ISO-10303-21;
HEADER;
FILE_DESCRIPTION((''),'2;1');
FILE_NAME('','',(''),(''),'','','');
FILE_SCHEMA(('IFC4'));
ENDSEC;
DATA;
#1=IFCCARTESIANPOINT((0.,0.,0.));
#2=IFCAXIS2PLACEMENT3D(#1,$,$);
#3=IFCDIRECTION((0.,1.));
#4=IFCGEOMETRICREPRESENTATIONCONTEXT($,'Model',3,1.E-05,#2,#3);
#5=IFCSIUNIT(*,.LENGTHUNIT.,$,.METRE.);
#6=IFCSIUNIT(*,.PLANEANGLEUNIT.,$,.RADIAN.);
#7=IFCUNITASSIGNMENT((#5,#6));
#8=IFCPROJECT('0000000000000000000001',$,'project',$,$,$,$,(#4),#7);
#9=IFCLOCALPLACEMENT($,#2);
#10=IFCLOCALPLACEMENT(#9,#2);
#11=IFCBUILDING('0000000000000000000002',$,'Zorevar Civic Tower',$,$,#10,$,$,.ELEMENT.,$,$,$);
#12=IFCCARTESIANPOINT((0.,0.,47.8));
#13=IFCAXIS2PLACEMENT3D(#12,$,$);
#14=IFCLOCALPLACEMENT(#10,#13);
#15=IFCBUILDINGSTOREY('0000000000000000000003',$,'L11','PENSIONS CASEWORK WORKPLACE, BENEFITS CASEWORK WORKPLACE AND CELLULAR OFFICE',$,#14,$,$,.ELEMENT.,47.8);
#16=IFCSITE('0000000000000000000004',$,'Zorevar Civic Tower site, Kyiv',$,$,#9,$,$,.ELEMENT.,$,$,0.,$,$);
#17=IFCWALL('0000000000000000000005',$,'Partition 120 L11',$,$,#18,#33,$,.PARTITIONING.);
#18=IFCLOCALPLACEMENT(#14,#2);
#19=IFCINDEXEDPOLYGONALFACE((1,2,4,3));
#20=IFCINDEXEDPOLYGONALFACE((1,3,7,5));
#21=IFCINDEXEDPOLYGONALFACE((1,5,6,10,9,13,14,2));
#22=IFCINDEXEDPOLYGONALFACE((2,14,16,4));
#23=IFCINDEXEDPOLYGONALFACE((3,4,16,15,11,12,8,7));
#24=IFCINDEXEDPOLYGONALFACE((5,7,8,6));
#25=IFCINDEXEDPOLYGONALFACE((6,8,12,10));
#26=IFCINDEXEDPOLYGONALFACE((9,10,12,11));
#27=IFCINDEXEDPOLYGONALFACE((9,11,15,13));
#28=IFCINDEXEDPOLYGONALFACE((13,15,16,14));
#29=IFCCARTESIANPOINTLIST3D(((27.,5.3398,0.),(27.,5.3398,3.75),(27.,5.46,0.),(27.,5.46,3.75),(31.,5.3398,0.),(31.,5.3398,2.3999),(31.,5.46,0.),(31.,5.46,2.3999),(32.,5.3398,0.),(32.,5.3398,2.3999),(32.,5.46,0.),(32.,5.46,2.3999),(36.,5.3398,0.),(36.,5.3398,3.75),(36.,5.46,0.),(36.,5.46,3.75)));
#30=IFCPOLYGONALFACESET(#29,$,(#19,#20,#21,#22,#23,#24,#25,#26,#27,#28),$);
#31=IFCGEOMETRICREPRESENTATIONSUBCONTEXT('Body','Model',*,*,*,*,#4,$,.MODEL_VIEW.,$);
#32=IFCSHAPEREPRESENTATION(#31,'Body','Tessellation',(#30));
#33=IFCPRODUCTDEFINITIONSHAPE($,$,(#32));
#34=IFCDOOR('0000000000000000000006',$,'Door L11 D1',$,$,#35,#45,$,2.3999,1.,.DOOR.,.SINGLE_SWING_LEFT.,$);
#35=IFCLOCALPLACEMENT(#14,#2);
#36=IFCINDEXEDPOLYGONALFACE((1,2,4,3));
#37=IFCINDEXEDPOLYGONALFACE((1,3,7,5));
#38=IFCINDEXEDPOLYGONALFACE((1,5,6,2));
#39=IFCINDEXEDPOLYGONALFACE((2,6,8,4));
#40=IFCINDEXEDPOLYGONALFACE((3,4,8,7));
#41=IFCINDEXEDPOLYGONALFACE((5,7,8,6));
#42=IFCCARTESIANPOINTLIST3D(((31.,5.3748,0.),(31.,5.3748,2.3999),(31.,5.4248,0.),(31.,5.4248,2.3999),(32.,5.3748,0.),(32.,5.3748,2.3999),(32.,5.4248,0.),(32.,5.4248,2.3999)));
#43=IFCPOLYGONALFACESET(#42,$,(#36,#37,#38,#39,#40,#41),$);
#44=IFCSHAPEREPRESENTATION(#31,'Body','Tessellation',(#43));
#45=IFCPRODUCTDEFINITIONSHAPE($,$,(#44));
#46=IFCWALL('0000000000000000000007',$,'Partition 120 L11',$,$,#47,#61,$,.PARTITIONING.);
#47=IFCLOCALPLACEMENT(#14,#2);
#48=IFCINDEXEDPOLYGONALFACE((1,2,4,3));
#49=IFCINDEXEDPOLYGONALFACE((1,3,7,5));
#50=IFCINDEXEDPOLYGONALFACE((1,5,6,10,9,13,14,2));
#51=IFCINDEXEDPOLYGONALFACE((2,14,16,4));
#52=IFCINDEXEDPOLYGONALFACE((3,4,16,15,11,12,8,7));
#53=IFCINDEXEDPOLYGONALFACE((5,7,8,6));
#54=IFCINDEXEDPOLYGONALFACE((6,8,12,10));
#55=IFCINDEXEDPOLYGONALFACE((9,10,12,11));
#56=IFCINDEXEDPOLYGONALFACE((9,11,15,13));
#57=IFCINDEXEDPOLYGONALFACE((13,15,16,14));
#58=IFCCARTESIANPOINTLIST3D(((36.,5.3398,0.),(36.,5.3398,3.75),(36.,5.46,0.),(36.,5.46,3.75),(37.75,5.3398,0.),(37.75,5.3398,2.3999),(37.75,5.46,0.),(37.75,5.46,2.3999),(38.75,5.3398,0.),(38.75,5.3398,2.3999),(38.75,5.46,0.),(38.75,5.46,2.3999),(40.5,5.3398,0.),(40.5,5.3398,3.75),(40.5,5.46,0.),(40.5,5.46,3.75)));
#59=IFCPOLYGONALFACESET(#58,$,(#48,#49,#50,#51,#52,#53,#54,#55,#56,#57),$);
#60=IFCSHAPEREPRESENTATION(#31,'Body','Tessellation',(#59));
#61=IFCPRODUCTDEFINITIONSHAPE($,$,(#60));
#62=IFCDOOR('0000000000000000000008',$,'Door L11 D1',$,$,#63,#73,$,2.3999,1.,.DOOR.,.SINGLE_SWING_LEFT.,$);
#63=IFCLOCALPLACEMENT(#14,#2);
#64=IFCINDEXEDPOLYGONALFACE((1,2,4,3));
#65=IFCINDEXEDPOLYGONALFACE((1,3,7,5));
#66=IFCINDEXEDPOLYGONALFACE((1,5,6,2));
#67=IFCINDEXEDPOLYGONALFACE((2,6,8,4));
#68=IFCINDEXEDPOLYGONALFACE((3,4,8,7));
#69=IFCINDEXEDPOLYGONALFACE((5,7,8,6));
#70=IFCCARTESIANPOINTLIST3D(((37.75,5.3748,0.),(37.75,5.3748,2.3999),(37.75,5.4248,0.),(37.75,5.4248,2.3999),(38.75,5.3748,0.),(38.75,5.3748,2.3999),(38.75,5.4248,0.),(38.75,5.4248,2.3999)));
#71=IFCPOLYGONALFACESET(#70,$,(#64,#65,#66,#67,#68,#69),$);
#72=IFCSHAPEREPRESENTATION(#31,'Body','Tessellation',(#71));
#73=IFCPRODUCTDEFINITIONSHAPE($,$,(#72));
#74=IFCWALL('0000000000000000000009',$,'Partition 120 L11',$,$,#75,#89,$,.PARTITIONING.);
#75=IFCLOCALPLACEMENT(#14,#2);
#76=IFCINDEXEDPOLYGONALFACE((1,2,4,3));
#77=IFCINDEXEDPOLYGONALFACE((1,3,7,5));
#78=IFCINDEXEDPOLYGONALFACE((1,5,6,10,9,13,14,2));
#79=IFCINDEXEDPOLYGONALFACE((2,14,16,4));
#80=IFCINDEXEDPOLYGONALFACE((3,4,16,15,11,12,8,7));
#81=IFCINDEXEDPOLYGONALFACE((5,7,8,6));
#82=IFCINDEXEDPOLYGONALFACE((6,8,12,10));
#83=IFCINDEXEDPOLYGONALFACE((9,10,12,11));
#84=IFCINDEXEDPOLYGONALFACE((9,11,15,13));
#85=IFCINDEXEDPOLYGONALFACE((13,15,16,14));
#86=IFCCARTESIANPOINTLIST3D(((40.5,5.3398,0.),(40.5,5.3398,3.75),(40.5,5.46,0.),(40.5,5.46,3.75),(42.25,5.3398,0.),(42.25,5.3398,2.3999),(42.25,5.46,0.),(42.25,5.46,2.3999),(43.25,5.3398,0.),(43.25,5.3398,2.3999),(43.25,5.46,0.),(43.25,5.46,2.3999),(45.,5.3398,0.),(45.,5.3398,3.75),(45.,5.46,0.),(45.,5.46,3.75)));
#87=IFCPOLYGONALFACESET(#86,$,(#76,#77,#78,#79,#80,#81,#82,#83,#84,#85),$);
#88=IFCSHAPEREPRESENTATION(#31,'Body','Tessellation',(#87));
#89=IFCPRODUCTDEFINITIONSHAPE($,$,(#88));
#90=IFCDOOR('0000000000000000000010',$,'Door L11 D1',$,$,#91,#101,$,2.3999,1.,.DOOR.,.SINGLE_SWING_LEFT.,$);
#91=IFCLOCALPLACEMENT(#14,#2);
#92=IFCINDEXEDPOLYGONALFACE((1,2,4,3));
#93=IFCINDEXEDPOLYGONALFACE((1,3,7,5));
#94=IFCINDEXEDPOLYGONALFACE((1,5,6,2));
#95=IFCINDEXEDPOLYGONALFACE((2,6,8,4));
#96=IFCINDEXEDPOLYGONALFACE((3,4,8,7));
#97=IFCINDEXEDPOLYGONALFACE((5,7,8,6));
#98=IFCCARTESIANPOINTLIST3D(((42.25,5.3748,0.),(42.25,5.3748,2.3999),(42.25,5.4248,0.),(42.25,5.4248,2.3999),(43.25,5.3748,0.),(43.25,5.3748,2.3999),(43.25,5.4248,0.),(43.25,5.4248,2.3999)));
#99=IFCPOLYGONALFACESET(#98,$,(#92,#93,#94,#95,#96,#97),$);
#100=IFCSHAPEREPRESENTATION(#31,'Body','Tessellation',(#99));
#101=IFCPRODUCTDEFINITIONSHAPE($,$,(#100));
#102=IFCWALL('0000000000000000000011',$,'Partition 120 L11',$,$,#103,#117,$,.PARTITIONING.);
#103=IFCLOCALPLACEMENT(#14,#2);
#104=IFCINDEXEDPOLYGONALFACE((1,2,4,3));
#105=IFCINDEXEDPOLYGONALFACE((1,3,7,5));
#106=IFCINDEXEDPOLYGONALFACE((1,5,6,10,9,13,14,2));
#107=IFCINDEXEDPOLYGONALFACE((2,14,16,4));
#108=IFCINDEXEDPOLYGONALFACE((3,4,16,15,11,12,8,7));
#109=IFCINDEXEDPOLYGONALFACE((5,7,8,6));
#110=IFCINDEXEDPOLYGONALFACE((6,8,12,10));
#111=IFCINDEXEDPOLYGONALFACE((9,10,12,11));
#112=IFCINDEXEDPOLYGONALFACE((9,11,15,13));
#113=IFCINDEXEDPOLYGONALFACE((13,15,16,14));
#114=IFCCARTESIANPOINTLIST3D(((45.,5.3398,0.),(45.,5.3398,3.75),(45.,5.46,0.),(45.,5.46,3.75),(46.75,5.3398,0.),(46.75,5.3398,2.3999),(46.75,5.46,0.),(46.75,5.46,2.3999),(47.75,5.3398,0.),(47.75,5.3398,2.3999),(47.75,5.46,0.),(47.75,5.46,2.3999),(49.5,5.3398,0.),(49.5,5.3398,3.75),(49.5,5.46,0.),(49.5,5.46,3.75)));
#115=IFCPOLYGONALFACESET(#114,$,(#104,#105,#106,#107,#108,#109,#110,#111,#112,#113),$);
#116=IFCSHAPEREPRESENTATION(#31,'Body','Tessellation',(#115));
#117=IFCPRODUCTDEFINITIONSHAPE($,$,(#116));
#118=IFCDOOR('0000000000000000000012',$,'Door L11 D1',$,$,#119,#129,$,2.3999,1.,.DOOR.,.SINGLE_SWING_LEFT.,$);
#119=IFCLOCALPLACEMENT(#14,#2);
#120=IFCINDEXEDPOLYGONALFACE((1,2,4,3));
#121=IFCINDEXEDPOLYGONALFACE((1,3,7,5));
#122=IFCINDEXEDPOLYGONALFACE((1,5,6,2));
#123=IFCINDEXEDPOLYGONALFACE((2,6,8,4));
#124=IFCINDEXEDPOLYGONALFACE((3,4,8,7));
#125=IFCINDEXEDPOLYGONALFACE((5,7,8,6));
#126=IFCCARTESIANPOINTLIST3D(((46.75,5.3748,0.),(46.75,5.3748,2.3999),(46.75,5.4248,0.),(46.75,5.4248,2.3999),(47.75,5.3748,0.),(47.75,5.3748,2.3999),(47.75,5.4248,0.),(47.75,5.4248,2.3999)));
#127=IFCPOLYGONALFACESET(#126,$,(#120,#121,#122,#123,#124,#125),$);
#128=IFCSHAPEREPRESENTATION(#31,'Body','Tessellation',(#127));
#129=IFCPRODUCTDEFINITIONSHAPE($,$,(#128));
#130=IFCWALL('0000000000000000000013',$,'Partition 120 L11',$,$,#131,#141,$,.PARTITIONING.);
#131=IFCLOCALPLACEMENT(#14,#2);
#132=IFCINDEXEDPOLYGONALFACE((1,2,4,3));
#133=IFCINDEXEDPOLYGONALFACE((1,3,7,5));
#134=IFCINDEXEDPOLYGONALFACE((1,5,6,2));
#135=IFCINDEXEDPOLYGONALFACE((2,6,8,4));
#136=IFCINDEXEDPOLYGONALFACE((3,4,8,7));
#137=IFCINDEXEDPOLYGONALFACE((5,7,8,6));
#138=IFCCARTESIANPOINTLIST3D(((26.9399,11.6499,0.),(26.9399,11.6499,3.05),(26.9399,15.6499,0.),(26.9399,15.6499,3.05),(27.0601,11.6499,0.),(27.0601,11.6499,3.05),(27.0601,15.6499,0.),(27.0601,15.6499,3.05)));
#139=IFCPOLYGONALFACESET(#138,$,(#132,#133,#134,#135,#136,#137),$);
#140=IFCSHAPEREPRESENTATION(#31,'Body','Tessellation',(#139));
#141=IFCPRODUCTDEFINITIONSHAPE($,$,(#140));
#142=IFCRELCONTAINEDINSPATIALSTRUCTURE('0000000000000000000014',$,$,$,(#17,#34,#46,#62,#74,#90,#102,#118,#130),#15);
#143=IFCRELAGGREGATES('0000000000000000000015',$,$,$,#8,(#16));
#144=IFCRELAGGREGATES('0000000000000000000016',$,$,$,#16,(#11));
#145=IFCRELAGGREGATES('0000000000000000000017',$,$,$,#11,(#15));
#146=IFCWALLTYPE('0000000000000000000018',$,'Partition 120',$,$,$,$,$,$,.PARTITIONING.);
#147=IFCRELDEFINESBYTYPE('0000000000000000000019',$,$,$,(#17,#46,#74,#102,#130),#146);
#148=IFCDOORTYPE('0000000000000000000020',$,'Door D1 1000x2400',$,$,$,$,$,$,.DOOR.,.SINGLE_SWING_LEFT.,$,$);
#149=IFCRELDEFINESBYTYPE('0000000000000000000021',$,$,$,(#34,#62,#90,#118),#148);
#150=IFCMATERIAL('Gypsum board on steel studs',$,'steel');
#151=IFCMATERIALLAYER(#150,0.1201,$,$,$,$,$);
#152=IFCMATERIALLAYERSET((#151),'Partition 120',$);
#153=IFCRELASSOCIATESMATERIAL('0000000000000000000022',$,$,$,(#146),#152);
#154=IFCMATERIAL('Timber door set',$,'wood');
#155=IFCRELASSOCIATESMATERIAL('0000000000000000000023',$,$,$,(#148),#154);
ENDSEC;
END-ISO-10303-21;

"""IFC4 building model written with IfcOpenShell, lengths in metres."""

from ifc_helpers import new_model, si_unit, direction, frame, frame_2d, origin, place, context, subcontext, project, spatial, rectangle, extrude, material, layer, layer_set, type_object, element, fill, save


model = new_model("IFC4")

# Units and contexts
model_context = context("Model", 3, precision=1e-05, world=origin(), true_north=direction((0.0, 1.0)))
body_context = subcontext(model_context, "Body", "Model", "MODEL_VIEW")
ifc_project = project(units=[si_unit("LENGTHUNIT", "METRE"), si_unit("PLANEANGLEUNIT", "RADIAN")], contexts=[model_context])

# Site, building, storey
site_placement = place(None, origin())
site = spatial("IfcSite", under=ifc_project, at=site_placement, Name="Zorevar Civic Tower site, Kyiv", CompositionType="ELEMENT", RefElevation=0.0)
building_placement = place(site_placement, origin())
building = spatial("IfcBuilding", under=site, at=building_placement, Name="Zorevar Civic Tower", CompositionType="ELEMENT")
storey_placement = place(building_placement, frame((0.0, 0.0, 47.8)))
storey = spatial("IfcBuildingStorey", under=building, at=storey_placement, Name="L11", Description="PENSIONS CASEWORK WORKPLACE, BENEFITS CASEWORK WORKPLACE AND CELLULAR OFFICE", CompositionType="ELEMENT", Elevation=47.8)

# Walls, openings, doors
ifc_material_1 = material(Name="Gypsum board on steel studs", Category="steel")
ifc_layer = layer(ifc_material_1, 0.1201)
ifc_layer_set = layer_set([ifc_layer], Name="Partition 120")
wall_type = type_object("IfcWallType", Name="Partition 120", PredefinedType="PARTITIONING", material=ifc_layer_set)
wall_1_placement = place(storey_placement, frame((27.0, 5.3999, 0.0), z_axis=(0.0, 0.0, 1.0), x_axis=(1.0, 0.0, 0.0)))
wall_1 = element("IfcWall", 1, at=wall_1_placement, inside=storey, type_object=wall_type, Name="Partition 120 L11", PredefinedType="PARTITIONING", context=body_context, shape_type="SweptSolid", body=[
    extrude(rectangle(XDim=9.0, YDim=0.1201, at=frame_2d((4.5, 0.0))), origin(), (0.0, 0.0, 1.0), 3.75),
])
opening_1_placement = place(wall_1_placement, frame((4.0, 0.0, 0.0)))
opening_1 = element("IfcOpeningElement", 2, at=opening_1_placement, cuts=wall_1, PredefinedType="OPENING", context=body_context, shape_type="SweptSolid", body=[
    extrude(rectangle(XDim=1.0, YDim=2.3999, at=frame_2d((0.5, 1.2))), frame((0.0, 0.0701, 0.0), z_axis=(0.0, -1.0, 0.0), x_axis=(1.0, 0.0, 0.0)), (0.0, 0.0, 1.0), 0.1401),
])
ifc_material_2 = material(Name="Timber door set", Category="wood")
door_type = type_object("IfcDoorType", Name="Door D1 1000x2400", OperationType="SINGLE_SWING_LEFT", PredefinedType="DOOR", material=ifc_material_2)
door_1_placement = place(opening_1_placement, origin())
door_1 = element("IfcDoor", 3, at=door_1_placement, inside=storey, type_object=door_type, Name="Door L11 D1", OperationType="SINGLE_SWING_LEFT", OverallHeight=2.3999, OverallWidth=1.0, PredefinedType="DOOR", context=body_context, shape_type="SweptSolid", body=[
    extrude(rectangle(XDim=1.0, YDim=2.3999, at=frame_2d((0.5, 1.2))), frame((0.0, 0.0249, 0.0), z_axis=(0.0, -1.0, 0.0), x_axis=(1.0, 0.0, 0.0)), (0.0, 0.0, 1.0), 0.05),
])
fill(opening_1, door_1)
wall_2_placement = place(storey_placement, frame((36.0, 5.3999, 0.0), z_axis=(0.0, 0.0, 1.0), x_axis=(1.0, 0.0, 0.0)))
wall_2 = element("IfcWall", 4, at=wall_2_placement, inside=storey, type_object=wall_type, Name="Partition 120 L11", PredefinedType="PARTITIONING", context=body_context, shape_type="SweptSolid", body=[
    extrude(rectangle(XDim=4.5, YDim=0.1201, at=frame_2d((2.25, 0.0))), origin(), (0.0, 0.0, 1.0), 3.75),
])
opening_2_placement = place(wall_2_placement, frame((1.75, 0.0, 0.0)))
opening_2 = element("IfcOpeningElement", 5, at=opening_2_placement, cuts=wall_2, PredefinedType="OPENING", context=body_context, shape_type="SweptSolid", body=[
    extrude(rectangle(XDim=1.0, YDim=2.3999, at=frame_2d((0.5, 1.2))), frame((0.0, 0.0701, 0.0), z_axis=(0.0, -1.0, 0.0), x_axis=(1.0, 0.0, 0.0)), (0.0, 0.0, 1.0), 0.1401),
])
door_2_placement = place(opening_2_placement, origin())
door_2 = element("IfcDoor", 6, at=door_2_placement, inside=storey, type_object=door_type, Name="Door L11 D1", OperationType="SINGLE_SWING_LEFT", OverallHeight=2.3999, OverallWidth=1.0, PredefinedType="DOOR", context=body_context, shape_type="SweptSolid", body=[
    extrude(rectangle(XDim=1.0, YDim=2.3999, at=frame_2d((0.5, 1.2))), frame((0.0, 0.0249, 0.0), z_axis=(0.0, -1.0, 0.0), x_axis=(1.0, 0.0, 0.0)), (0.0, 0.0, 1.0), 0.05),
])
fill(opening_2, door_2)
wall_3_placement = place(storey_placement, frame((40.5, 5.3999, 0.0), z_axis=(0.0, 0.0, 1.0), x_axis=(1.0, 0.0, 0.0)))
wall_3 = element("IfcWall", 7, at=wall_3_placement, inside=storey, type_object=wall_type, Name="Partition 120 L11", PredefinedType="PARTITIONING", context=body_context, shape_type="SweptSolid", body=[
    extrude(rectangle(XDim=4.5, YDim=0.1201, at=frame_2d((2.25, 0.0))), origin(), (0.0, 0.0, 1.0), 3.75),
])
opening_3_placement = place(wall_3_placement, frame((1.75, 0.0, 0.0)))
opening_3 = element("IfcOpeningElement", 8, at=opening_3_placement, cuts=wall_3, PredefinedType="OPENING", context=body_context, shape_type="SweptSolid", body=[
    extrude(rectangle(XDim=1.0, YDim=2.3999, at=frame_2d((0.5, 1.2))), frame((0.0, 0.0701, 0.0), z_axis=(0.0, -1.0, 0.0), x_axis=(1.0, 0.0, 0.0)), (0.0, 0.0, 1.0), 0.1401),
])
door_3_placement = place(opening_3_placement, origin())
door_3 = element("IfcDoor", 9, at=door_3_placement, inside=storey, type_object=door_type, Name="Door L11 D1", OperationType="SINGLE_SWING_LEFT", OverallHeight=2.3999, OverallWidth=1.0, PredefinedType="DOOR", context=body_context, shape_type="SweptSolid", body=[
    extrude(rectangle(XDim=1.0, YDim=2.3999, at=frame_2d((0.5, 1.2))), frame((0.0, 0.0249, 0.0), z_axis=(0.0, -1.0, 0.0), x_axis=(1.0, 0.0, 0.0)), (0.0, 0.0, 1.0), 0.05),
])
fill(opening_3, door_3)
wall_4_placement = place(storey_placement, frame((45.0, 5.3999, 0.0), z_axis=(0.0, 0.0, 1.0), x_axis=(1.0, 0.0, 0.0)))
wall_4 = element("IfcWall", 10, at=wall_4_placement, inside=storey, type_object=wall_type, Name="Partition 120 L11", PredefinedType="PARTITIONING", context=body_context, shape_type="SweptSolid", body=[
    extrude(rectangle(XDim=4.5, YDim=0.1201, at=frame_2d((2.25, 0.0))), origin(), (0.0, 0.0, 1.0), 3.75),
])
opening_4_placement = place(wall_4_placement, frame((1.75, 0.0, 0.0)))
opening_4 = element("IfcOpeningElement", 11, at=opening_4_placement, cuts=wall_4, PredefinedType="OPENING", context=body_context, shape_type="SweptSolid", body=[
    extrude(rectangle(XDim=1.0, YDim=2.3999, at=frame_2d((0.5, 1.2))), frame((0.0, 0.0701, 0.0), z_axis=(0.0, -1.0, 0.0), x_axis=(1.0, 0.0, 0.0)), (0.0, 0.0, 1.0), 0.1401),
])
door_4_placement = place(opening_4_placement, origin())
door_4 = element("IfcDoor", 12, at=door_4_placement, inside=storey, type_object=door_type, Name="Door L11 D1", OperationType="SINGLE_SWING_LEFT", OverallHeight=2.3999, OverallWidth=1.0, PredefinedType="DOOR", context=body_context, shape_type="SweptSolid", body=[
    extrude(rectangle(XDim=1.0, YDim=2.3999, at=frame_2d((0.5, 1.2))), frame((0.0, 0.0249, 0.0), z_axis=(0.0, -1.0, 0.0), x_axis=(1.0, 0.0, 0.0)), (0.0, 0.0, 1.0), 0.05),
])
fill(opening_4, door_4)

# Wall
wall_5_placement = place(storey_placement, frame((27.0, 11.6499, 0.0), z_axis=(0.0, 0.0, 1.0), x_axis=(0.0, 1.0, 0.0)))
element("IfcWall", 13, at=wall_5_placement, inside=storey, type_object=wall_type, Name="Partition 120 L11", PredefinedType="PARTITIONING", context=body_context, shape_type="SweptSolid", body=[
    extrude(rectangle(XDim=4.0, YDim=0.1201, at=frame_2d((2.0, 0.0))), origin(), (0.0, 0.0, 1.0), 3.05),
])

save(model, "model.ifc")
